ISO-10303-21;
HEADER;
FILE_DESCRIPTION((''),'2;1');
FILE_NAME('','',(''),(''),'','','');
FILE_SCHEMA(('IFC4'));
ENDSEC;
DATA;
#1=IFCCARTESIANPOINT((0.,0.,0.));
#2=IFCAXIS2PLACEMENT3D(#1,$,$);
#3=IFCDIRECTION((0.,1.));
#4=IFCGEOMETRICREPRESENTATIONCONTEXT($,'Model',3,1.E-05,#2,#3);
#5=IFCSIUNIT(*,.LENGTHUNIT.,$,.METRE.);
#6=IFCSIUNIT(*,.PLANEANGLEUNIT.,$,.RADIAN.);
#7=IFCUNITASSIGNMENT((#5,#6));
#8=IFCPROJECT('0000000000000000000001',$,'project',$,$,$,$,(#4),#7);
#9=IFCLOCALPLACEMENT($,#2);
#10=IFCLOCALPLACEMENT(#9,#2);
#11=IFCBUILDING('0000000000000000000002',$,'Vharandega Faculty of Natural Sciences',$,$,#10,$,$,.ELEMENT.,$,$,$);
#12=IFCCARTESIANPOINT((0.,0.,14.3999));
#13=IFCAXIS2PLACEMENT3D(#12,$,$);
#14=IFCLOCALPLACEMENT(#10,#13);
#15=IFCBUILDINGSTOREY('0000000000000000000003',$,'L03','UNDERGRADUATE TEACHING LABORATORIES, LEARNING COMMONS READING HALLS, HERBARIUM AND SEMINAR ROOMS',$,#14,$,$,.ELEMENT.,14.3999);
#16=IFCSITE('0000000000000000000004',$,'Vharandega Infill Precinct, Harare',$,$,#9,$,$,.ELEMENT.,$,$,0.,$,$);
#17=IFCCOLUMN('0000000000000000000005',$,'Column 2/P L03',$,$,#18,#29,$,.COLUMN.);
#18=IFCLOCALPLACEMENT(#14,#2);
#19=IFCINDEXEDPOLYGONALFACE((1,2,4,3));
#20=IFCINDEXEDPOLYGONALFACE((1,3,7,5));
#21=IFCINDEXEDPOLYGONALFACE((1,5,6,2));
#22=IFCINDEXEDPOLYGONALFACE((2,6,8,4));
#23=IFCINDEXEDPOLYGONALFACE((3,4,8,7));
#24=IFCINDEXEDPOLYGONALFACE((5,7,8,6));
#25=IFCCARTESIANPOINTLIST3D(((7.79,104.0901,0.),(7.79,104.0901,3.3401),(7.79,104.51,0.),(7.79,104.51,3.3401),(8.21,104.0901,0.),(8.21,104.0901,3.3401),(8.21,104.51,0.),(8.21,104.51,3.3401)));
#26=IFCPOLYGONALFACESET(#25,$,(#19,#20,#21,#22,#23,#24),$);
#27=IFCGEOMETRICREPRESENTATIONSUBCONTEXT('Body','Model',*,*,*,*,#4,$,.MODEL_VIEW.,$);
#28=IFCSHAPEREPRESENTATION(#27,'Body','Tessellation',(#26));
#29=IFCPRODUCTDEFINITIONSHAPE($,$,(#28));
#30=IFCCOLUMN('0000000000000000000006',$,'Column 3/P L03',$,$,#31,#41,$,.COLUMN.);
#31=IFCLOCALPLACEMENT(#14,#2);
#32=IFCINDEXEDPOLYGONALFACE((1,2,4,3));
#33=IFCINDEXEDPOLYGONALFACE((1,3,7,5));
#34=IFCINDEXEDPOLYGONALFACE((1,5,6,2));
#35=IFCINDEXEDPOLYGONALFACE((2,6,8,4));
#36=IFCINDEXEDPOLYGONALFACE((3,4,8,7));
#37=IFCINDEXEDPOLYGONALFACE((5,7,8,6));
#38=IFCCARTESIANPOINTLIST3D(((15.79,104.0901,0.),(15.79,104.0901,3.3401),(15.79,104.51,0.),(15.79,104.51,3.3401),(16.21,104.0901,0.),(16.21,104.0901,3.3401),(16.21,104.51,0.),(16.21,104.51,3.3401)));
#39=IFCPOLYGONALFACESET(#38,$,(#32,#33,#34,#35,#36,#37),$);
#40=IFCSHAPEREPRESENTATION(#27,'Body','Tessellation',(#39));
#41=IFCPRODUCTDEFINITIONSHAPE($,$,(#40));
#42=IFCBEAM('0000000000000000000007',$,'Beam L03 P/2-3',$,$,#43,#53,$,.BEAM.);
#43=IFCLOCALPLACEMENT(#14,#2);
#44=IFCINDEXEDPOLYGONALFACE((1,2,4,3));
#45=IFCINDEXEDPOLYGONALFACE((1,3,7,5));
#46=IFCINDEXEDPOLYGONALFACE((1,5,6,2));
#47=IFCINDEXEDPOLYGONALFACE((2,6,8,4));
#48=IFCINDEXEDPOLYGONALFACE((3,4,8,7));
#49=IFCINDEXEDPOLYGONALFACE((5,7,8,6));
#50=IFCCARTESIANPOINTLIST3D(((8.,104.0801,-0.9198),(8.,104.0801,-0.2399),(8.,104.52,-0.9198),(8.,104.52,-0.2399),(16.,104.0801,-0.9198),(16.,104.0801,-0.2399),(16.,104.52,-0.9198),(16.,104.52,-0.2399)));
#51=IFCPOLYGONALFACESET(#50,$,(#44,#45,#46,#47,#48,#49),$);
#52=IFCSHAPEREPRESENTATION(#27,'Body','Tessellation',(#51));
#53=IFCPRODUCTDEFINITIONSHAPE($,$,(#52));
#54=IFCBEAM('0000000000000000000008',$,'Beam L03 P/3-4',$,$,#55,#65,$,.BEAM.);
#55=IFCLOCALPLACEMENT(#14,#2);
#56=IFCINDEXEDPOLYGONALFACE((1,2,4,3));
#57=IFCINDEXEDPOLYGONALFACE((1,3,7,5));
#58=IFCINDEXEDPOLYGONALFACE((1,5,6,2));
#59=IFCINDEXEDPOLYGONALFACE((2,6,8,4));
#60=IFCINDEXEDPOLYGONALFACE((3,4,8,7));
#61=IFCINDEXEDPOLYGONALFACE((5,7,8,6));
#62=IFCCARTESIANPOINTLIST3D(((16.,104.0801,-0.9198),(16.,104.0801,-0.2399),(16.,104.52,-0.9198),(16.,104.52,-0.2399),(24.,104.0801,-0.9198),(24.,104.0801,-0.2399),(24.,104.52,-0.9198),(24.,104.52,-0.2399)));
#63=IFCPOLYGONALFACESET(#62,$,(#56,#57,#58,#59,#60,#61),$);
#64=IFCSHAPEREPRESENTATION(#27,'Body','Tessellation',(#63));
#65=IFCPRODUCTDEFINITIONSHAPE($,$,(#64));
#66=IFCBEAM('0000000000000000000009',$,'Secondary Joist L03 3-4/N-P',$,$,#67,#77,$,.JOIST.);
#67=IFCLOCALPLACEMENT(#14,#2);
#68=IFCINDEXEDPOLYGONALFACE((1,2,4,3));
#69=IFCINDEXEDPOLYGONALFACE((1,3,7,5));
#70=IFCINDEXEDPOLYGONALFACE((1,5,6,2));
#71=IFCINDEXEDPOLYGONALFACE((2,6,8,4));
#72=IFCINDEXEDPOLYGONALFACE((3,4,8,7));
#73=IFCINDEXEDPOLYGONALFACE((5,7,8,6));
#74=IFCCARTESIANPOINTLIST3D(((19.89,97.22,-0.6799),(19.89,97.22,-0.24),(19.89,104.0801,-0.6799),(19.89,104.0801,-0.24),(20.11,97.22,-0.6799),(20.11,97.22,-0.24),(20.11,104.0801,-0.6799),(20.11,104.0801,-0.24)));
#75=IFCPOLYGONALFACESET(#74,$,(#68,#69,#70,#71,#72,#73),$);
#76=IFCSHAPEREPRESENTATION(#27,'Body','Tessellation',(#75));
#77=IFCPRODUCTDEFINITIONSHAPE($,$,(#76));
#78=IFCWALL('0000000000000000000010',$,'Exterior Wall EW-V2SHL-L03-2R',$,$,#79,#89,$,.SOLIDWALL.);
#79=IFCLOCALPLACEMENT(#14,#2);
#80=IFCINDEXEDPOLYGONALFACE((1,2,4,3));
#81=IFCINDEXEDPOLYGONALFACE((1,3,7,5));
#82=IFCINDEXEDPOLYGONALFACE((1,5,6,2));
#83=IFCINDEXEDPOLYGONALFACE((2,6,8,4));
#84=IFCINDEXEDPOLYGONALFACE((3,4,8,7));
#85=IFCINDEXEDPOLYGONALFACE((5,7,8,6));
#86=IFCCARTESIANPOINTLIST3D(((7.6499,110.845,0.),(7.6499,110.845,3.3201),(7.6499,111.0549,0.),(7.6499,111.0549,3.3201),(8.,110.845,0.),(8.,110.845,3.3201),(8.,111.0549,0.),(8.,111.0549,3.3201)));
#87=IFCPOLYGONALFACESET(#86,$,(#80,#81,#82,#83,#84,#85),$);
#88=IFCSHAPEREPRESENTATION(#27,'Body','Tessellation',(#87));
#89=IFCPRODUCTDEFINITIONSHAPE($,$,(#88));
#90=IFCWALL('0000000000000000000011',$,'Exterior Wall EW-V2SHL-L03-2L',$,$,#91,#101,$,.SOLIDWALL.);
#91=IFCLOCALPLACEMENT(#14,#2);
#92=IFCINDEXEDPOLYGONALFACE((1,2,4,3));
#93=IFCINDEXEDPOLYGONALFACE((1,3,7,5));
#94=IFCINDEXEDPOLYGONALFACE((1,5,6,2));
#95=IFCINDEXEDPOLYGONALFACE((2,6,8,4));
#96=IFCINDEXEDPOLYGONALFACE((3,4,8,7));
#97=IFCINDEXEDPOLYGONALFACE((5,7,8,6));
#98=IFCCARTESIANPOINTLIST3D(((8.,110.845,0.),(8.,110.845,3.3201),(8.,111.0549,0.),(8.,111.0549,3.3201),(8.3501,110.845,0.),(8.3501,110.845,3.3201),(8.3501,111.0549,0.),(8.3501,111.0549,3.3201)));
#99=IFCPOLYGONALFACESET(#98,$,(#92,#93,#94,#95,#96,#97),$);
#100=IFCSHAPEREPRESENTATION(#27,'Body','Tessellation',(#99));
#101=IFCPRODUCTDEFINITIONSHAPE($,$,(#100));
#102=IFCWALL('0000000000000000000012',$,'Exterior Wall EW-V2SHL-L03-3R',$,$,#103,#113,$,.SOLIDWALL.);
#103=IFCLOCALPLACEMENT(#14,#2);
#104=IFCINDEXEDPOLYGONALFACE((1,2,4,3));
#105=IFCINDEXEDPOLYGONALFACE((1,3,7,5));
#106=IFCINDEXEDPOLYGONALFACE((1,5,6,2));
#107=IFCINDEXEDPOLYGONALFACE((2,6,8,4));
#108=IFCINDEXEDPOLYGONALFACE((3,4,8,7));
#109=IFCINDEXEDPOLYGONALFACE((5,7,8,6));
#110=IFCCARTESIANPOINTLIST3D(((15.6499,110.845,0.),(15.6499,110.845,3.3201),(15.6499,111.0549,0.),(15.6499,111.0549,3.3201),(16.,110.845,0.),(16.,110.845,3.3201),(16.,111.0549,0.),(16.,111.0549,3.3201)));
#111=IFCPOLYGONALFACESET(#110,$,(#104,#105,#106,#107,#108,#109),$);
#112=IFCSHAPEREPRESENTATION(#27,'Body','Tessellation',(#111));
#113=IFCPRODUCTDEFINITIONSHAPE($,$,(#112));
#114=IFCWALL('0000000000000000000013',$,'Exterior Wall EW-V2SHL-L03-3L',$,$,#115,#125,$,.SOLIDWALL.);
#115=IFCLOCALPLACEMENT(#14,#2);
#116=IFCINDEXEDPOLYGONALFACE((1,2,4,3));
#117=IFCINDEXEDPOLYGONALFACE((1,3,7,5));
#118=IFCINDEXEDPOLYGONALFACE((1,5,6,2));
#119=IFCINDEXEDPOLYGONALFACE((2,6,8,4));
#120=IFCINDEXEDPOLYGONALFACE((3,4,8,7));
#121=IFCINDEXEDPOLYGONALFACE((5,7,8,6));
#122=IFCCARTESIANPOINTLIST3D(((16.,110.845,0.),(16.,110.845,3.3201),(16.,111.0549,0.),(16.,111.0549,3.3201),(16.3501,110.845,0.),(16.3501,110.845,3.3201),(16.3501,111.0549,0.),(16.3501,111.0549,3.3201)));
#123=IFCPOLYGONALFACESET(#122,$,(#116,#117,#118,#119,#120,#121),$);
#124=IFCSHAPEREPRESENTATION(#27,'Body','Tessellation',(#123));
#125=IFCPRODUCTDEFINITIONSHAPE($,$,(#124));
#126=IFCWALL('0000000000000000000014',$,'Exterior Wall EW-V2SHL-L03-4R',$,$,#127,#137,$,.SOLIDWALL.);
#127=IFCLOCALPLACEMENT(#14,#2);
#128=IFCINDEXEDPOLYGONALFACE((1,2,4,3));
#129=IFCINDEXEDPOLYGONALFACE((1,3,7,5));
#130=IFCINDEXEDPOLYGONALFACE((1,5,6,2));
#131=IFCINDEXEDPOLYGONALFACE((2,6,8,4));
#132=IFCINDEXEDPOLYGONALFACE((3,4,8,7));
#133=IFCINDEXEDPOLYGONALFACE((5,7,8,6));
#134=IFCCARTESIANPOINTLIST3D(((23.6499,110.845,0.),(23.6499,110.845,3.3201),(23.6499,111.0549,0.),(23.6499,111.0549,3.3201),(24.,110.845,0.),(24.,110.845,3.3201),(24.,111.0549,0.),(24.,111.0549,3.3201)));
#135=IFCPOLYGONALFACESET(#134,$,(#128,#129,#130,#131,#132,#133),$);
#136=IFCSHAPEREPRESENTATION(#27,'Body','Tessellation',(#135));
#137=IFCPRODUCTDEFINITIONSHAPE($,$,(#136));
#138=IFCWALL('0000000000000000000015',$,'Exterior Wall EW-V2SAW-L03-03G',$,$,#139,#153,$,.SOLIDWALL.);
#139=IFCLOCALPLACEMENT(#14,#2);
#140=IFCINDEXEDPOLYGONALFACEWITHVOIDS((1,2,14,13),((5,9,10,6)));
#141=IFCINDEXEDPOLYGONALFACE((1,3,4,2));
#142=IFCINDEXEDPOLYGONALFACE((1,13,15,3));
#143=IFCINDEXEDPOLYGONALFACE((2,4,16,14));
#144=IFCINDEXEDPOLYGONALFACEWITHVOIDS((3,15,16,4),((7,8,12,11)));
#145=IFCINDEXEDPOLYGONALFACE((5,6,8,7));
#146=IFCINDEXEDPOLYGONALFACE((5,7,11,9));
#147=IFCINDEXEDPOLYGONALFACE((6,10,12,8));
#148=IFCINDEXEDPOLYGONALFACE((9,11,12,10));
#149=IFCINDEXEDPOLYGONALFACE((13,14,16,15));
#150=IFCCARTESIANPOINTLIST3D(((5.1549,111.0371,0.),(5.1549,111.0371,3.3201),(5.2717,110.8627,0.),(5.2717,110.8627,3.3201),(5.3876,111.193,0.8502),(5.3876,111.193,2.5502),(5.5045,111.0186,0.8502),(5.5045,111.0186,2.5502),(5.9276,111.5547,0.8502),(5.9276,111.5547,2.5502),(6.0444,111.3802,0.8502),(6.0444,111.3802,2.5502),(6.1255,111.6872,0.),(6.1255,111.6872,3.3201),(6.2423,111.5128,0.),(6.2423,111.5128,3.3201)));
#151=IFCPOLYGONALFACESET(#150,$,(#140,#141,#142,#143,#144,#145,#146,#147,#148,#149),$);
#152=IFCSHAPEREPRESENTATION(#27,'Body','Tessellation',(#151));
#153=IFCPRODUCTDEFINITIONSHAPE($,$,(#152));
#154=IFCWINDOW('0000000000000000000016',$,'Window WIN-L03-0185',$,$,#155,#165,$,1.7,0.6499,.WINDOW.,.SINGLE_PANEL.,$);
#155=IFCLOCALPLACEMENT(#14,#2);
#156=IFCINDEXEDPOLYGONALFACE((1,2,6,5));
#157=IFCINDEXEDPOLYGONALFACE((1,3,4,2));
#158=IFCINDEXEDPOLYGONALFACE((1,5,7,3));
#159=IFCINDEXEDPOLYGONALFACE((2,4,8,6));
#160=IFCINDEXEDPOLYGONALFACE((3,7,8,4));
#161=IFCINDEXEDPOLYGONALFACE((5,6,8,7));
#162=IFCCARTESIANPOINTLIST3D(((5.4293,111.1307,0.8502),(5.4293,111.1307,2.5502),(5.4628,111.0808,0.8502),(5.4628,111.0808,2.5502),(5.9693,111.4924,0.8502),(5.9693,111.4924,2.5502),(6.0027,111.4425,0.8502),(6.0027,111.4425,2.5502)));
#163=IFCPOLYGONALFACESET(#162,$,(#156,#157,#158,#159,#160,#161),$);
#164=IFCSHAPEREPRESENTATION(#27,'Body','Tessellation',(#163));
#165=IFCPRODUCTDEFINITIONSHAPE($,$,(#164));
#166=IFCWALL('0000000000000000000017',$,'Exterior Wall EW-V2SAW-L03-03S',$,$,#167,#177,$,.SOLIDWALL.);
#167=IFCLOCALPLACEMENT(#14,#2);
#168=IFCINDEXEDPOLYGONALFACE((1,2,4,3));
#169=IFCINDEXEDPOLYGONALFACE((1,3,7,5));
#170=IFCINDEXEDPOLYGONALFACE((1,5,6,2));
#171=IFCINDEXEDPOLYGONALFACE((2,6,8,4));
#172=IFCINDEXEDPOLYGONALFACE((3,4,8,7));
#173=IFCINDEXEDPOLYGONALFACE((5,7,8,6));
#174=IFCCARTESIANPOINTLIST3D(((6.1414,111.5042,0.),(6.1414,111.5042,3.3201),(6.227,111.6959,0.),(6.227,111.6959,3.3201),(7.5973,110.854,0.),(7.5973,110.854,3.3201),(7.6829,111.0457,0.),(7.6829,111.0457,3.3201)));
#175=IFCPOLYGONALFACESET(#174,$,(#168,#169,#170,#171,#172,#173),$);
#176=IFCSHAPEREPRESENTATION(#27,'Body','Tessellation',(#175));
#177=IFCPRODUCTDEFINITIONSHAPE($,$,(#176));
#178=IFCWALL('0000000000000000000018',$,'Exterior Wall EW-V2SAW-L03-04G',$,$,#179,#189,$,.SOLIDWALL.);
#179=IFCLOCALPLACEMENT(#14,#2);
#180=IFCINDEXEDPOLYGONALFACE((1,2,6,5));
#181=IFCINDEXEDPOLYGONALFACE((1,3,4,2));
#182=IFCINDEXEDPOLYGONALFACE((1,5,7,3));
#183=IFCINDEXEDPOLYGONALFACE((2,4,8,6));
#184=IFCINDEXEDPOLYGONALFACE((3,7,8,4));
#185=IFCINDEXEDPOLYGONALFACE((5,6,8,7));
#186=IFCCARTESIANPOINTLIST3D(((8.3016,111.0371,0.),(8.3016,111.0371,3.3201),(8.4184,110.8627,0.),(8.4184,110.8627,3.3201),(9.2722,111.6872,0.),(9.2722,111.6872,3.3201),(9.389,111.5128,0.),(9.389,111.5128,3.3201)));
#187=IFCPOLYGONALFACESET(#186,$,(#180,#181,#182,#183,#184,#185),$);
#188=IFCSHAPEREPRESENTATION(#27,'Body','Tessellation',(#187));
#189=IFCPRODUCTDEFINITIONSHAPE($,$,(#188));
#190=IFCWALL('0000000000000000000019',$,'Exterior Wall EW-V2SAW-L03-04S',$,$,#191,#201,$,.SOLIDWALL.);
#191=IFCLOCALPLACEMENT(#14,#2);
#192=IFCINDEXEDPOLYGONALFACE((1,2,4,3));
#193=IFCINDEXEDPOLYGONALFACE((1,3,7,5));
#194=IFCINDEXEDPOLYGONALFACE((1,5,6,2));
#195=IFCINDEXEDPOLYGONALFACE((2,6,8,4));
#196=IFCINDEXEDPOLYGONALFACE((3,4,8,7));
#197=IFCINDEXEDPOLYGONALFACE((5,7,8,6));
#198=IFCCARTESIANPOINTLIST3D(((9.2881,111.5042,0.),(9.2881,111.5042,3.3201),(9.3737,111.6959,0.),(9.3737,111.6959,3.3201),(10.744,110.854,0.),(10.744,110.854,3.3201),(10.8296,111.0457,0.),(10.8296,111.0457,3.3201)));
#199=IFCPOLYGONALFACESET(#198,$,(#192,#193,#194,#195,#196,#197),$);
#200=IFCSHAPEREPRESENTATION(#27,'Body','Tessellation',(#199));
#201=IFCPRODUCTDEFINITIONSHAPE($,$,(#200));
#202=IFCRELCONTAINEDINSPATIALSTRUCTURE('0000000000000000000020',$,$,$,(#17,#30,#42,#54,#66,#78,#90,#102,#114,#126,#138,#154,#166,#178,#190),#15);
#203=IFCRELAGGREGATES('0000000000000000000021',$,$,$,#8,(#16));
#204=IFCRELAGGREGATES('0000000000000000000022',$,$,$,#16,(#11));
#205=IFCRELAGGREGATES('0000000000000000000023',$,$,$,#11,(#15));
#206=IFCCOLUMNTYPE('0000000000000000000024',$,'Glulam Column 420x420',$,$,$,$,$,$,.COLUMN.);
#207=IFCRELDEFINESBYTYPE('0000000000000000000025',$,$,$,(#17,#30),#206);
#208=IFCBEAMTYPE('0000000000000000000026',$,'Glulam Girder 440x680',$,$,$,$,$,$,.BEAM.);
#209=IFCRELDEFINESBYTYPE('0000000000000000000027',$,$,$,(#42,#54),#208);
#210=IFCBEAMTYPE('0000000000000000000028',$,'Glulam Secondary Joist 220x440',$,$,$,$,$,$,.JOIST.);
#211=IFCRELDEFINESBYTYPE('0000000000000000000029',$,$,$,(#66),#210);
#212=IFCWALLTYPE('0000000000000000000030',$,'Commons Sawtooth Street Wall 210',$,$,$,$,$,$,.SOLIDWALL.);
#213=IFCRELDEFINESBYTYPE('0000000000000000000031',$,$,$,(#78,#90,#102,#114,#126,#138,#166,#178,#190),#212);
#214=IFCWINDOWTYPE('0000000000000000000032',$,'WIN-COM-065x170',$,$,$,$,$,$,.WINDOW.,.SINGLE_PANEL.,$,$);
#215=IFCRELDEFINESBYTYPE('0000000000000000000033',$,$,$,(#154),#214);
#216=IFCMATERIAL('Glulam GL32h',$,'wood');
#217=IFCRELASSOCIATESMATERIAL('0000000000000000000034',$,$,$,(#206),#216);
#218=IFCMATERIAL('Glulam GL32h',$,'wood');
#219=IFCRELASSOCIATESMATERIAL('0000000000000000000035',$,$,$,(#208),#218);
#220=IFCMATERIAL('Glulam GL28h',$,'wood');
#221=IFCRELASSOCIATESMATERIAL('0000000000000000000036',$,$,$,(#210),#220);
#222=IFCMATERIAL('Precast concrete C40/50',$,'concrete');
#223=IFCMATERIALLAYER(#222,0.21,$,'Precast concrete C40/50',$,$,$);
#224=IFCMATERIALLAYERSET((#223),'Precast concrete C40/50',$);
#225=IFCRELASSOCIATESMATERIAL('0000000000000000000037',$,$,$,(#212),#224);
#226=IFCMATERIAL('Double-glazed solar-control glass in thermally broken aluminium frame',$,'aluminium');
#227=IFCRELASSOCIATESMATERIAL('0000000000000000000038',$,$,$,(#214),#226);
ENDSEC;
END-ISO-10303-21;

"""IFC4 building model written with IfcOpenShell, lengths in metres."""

from ifc_helpers import new_model, si_unit, direction, frame, frame_2d, origin, origin_2d, place, context, subcontext, project, spatial, rectangle, extrude, material, layer, layer_set, material_profile, profile_set, type_object, element, fill, save


model = new_model("IFC4")

# Units and contexts
model_context = context("Model", 3, precision=1e-05, world=origin(), true_north=direction((0.0, 1.0)))
body_context = subcontext(model_context, "Body", "Model", "MODEL_VIEW")
ifc_project = project(units=[si_unit("LENGTHUNIT", "METRE"), si_unit("PLANEANGLEUNIT", "RADIAN")], contexts=[model_context])

# Site, building, storey
site_placement = place(None, origin())
site = spatial("IfcSite", under=ifc_project, at=site_placement, Name="Vharandega Infill Precinct, Harare", CompositionType="ELEMENT", RefElevation=0.0)
building_placement = place(site_placement, origin())
building = spatial("IfcBuilding", under=site, at=building_placement, Name="Vharandega Faculty of Natural Sciences", CompositionType="ELEMENT")
storey_placement = place(building_placement, frame((0.0, 0.0, 14.3999)))
storey = spatial("IfcBuildingStorey", under=building, at=storey_placement, Name="L03", Description="UNDERGRADUATE TEACHING LABORATORIES, LEARNING COMMONS READING HALLS, HERBARIUM AND SEMINAR ROOMS", CompositionType="ELEMENT", Elevation=14.3999)

# Columns
ifc_material_1 = material(Name="Glulam GL32h", Category="wood")
ifc_material_profile_1 = material_profile(ifc_material_1, rectangle(XDim=0.4199, YDim=0.4199, at=origin_2d()), Name="GL32h 420x420")
ifc_profile_set_1 = profile_set([ifc_material_profile_1], Name="Glulam GL32h")
column_type = type_object("IfcColumnType", Name="Glulam Column 420x420", PredefinedType="COLUMN", material=ifc_profile_set_1)
for number, where, z_axis, x_axis, name in (
    (1, (8.0, 104.3, 0.0), (0.0, 0.0, 1.0), (1.0, 0.0, 0.0), "Column 2/P L03"),
    (2, (16.0, 104.3, 0.0), (0.0, 0.0, 1.0), (1.0, 0.0, 0.0), "Column 3/P L03"),
):
    element("IfcColumn", number, at=place(storey_placement, frame(where, z_axis=z_axis, x_axis=x_axis)), inside=storey, type_object=column_type, Name=name, PredefinedType="COLUMN", context=body_context, shape_type="SweptSolid", body=[
        extrude(rectangle(XDim=0.4199, YDim=0.4199, at=origin_2d()), origin(), (0.0, 0.0, 1.0), 3.3401),
    ])

# Beams
ifc_material_2 = material(Name="Glulam GL32h", Category="wood")
ifc_material_profile_2 = material_profile(ifc_material_2, rectangle(XDim=0.4399, YDim=0.6799, at=origin_2d()), Name="GL32h 440x680")
ifc_profile_set_2 = profile_set([ifc_material_profile_2], Name="Glulam GL32h")
beam_type_1 = type_object("IfcBeamType", Name="Glulam Girder 440x680", PredefinedType="BEAM", material=ifc_profile_set_2)
for number, where, z_axis, x_axis, name in (
    (3, (8.0, 104.3, -0.5798), (1.0, 0.0, 0.0), (0.0, 1.0, 0.0), "Beam L03 P/2-3"),
    (4, (16.0, 104.3, -0.5798), (1.0, 0.0, 0.0), (0.0, 1.0, 0.0), "Beam L03 P/3-4"),
):
    element("IfcBeam", number, at=place(storey_placement, frame(where, z_axis=z_axis, x_axis=x_axis)), inside=storey, type_object=beam_type_1, Name=name, PredefinedType="BEAM", context=body_context, shape_type="SweptSolid", body=[
        extrude(rectangle(XDim=0.4399, YDim=0.6799, at=origin_2d()), origin(), (0.0, 0.0, 1.0), 8.0),
    ])
ifc_material_3 = material(Name="Glulam GL28h", Category="wood")
ifc_material_profile_3 = material_profile(ifc_material_3, rectangle(XDim=0.22, YDim=0.4399, at=origin_2d()), Name="GL28h 220x440")
ifc_profile_set_3 = profile_set([ifc_material_profile_3], Name="Glulam GL28h")
beam_type_2 = type_object("IfcBeamType", Name="Glulam Secondary Joist 220x440", PredefinedType="JOIST", material=ifc_profile_set_3)
beam_placement = place(storey_placement, frame((20.0, 97.22, -0.46), z_axis=(0.0, 1.0, 0.0), x_axis=(-1.0, 0.0, 0.0)))
element("IfcBeam", 5, at=beam_placement, inside=storey, type_object=beam_type_2, Name="Secondary Joist L03 3-4/N-P", PredefinedType="JOIST", context=body_context, shape_type="SweptSolid", body=[
    extrude(rectangle(XDim=0.22, YDim=0.4399, at=origin_2d()), origin(), (0.0, 0.0, 1.0), 6.8601),
])

# Walls
ifc_material_4 = material(Name="Precast concrete C40/50", Category="concrete")
ifc_layer = layer(ifc_material_4, 0.21, Name="Precast concrete C40/50")
ifc_layer_set = layer_set([ifc_layer], Name="Precast concrete C40/50")
wall_type = type_object("IfcWallType", Name="Commons Sawtooth Street Wall 210", PredefinedType="SOLIDWALL", material=ifc_layer_set)
for number, where, z_axis, x_axis, name in (
    (6, (7.6499, 110.95, 0.0), (0.0, 0.0, 1.0), (1.0, 0.0, 0.0), "Exterior Wall EW-V2SHL-L03-2R"),
    (7, (8.0, 110.95, 0.0), (0.0, 0.0, 1.0), (1.0, 0.0, 0.0), "Exterior Wall EW-V2SHL-L03-2L"),
    (8, (15.6499, 110.95, 0.0), (0.0, 0.0, 1.0), (1.0, 0.0, 0.0), "Exterior Wall EW-V2SHL-L03-3R"),
    (9, (16.0, 110.95, 0.0), (0.0, 0.0, 1.0), (1.0, 0.0, 0.0), "Exterior Wall EW-V2SHL-L03-3L"),
    (10, (23.6499, 110.95, 0.0), (0.0, 0.0, 1.0), (1.0, 0.0, 0.0), "Exterior Wall EW-V2SHL-L03-4R"),
):
    element("IfcWall", number, at=place(storey_placement, frame(where, z_axis=z_axis, x_axis=x_axis)), inside=storey, type_object=wall_type, Name=name, PredefinedType="SOLIDWALL", context=body_context, shape_type="SweptSolid", body=[
        extrude(rectangle(XDim=0.3501, YDim=0.21, at=frame_2d((0.175, 0.0))), origin(), (0.0, 0.0, 1.0), 3.3201),
    ])

# Wall, opening, window
wall_1_placement = place(storey_placement, frame((5.2134, 110.95, 0.0), z_axis=(0.0, 0.0, 1.0), x_axis=(0.830859, 0.556483, 0.0)))
wall_1 = element("IfcWall", 11, at=wall_1_placement, inside=storey, type_object=wall_type, Name="Exterior Wall EW-V2SAW-L03-03G", PredefinedType="SOLIDWALL", context=body_context, shape_type="SweptSolid", body=[
    extrude(rectangle(XDim=1.1682, YDim=0.21, at=frame_2d((0.584, 0.0))), origin(), (0.0, 0.0, 1.0), 3.3201),
])
opening_1_placement = place(wall_1_placement, frame((0.28, 0.0, 0.8501)))
opening_1 = element("IfcOpeningElement", 12, at=opening_1_placement, cuts=wall_1, PredefinedType="OPENING", context=body_context, shape_type="SweptSolid", body=[
    extrude(rectangle(XDim=0.6499, YDim=1.7, at=frame_2d((0.325, 0.8501))), frame((0.0, 0.115, 0.0), z_axis=(0.0, -1.0, 0.0), x_axis=(1.0, 0.0, 0.0)), (0.0, 0.0, 1.0), 0.23),
])
ifc_material_5 = material(Name="Double-glazed solar-control glass in thermally broken aluminium frame", Category="aluminium")
window_type = type_object("IfcWindowType", Name="WIN-COM-065x170", PartitioningType="SINGLE_PANEL", PredefinedType="WINDOW", material=ifc_material_5)
window_1_placement = place(opening_1_placement, origin())
window_1 = element("IfcWindow", 13, at=window_1_placement, inside=storey, type_object=window_type, Name="Window WIN-L03-0185", OverallHeight=1.7, OverallWidth=0.6499, PartitioningType="SINGLE_PANEL", PredefinedType="WINDOW", context=body_context, shape_type="SweptSolid", body=[
    extrude(rectangle(XDim=0.6499, YDim=1.7, at=frame_2d((0.325, 0.8501))), frame((0.0, 0.03, 0.0), z_axis=(0.0, -1.0, 0.0), x_axis=(1.0, 0.0, 0.0)), (0.0, 0.0, 1.0), 0.0601),
])
fill(opening_1, window_1)

# Walls
wall_2_placement = place(storey_placement, frame((6.1841, 111.6001, 0.0), z_axis=(0.0, 0.0, 1.0), x_axis=(0.913084, -0.407772, 0.0)))
element("IfcWall", 14, at=wall_2_placement, inside=storey, type_object=wall_type, Name="Exterior Wall EW-V2SAW-L03-03S", PredefinedType="SOLIDWALL", context=body_context, shape_type="SweptSolid", body=[
    extrude(rectangle(XDim=1.5945, YDim=0.21, at=frame_2d((0.7974, 0.0))), origin(), (0.0, 0.0, 1.0), 3.3201),
])
wall_3_placement = place(storey_placement, frame((8.3601, 110.95, 0.0), z_axis=(0.0, 0.0, 1.0), x_axis=(0.830859, 0.556483, 0.0)))
element("IfcWall", 15, at=wall_3_placement, inside=storey, type_object=wall_type, Name="Exterior Wall EW-V2SAW-L03-04G", PredefinedType="SOLIDWALL", context=body_context, shape_type="SweptSolid", body=[
    extrude(rectangle(XDim=1.1682, YDim=0.21, at=frame_2d((0.584, 0.0))), origin(), (0.0, 0.0, 1.0), 3.3201),
])
wall_4_placement = place(storey_placement, frame((9.3308, 111.6001, 0.0), z_axis=(0.0, 0.0, 1.0), x_axis=(0.913084, -0.407772, 0.0)))
element("IfcWall", 16, at=wall_4_placement, inside=storey, type_object=wall_type, Name="Exterior Wall EW-V2SAW-L03-04S", PredefinedType="SOLIDWALL", context=body_context, shape_type="SweptSolid", body=[
    extrude(rectangle(XDim=1.5945, YDim=0.21, at=frame_2d((0.7974, 0.0))), origin(), (0.0, 0.0, 1.0), 3.3201),
])

save(model, "model.ifc")
